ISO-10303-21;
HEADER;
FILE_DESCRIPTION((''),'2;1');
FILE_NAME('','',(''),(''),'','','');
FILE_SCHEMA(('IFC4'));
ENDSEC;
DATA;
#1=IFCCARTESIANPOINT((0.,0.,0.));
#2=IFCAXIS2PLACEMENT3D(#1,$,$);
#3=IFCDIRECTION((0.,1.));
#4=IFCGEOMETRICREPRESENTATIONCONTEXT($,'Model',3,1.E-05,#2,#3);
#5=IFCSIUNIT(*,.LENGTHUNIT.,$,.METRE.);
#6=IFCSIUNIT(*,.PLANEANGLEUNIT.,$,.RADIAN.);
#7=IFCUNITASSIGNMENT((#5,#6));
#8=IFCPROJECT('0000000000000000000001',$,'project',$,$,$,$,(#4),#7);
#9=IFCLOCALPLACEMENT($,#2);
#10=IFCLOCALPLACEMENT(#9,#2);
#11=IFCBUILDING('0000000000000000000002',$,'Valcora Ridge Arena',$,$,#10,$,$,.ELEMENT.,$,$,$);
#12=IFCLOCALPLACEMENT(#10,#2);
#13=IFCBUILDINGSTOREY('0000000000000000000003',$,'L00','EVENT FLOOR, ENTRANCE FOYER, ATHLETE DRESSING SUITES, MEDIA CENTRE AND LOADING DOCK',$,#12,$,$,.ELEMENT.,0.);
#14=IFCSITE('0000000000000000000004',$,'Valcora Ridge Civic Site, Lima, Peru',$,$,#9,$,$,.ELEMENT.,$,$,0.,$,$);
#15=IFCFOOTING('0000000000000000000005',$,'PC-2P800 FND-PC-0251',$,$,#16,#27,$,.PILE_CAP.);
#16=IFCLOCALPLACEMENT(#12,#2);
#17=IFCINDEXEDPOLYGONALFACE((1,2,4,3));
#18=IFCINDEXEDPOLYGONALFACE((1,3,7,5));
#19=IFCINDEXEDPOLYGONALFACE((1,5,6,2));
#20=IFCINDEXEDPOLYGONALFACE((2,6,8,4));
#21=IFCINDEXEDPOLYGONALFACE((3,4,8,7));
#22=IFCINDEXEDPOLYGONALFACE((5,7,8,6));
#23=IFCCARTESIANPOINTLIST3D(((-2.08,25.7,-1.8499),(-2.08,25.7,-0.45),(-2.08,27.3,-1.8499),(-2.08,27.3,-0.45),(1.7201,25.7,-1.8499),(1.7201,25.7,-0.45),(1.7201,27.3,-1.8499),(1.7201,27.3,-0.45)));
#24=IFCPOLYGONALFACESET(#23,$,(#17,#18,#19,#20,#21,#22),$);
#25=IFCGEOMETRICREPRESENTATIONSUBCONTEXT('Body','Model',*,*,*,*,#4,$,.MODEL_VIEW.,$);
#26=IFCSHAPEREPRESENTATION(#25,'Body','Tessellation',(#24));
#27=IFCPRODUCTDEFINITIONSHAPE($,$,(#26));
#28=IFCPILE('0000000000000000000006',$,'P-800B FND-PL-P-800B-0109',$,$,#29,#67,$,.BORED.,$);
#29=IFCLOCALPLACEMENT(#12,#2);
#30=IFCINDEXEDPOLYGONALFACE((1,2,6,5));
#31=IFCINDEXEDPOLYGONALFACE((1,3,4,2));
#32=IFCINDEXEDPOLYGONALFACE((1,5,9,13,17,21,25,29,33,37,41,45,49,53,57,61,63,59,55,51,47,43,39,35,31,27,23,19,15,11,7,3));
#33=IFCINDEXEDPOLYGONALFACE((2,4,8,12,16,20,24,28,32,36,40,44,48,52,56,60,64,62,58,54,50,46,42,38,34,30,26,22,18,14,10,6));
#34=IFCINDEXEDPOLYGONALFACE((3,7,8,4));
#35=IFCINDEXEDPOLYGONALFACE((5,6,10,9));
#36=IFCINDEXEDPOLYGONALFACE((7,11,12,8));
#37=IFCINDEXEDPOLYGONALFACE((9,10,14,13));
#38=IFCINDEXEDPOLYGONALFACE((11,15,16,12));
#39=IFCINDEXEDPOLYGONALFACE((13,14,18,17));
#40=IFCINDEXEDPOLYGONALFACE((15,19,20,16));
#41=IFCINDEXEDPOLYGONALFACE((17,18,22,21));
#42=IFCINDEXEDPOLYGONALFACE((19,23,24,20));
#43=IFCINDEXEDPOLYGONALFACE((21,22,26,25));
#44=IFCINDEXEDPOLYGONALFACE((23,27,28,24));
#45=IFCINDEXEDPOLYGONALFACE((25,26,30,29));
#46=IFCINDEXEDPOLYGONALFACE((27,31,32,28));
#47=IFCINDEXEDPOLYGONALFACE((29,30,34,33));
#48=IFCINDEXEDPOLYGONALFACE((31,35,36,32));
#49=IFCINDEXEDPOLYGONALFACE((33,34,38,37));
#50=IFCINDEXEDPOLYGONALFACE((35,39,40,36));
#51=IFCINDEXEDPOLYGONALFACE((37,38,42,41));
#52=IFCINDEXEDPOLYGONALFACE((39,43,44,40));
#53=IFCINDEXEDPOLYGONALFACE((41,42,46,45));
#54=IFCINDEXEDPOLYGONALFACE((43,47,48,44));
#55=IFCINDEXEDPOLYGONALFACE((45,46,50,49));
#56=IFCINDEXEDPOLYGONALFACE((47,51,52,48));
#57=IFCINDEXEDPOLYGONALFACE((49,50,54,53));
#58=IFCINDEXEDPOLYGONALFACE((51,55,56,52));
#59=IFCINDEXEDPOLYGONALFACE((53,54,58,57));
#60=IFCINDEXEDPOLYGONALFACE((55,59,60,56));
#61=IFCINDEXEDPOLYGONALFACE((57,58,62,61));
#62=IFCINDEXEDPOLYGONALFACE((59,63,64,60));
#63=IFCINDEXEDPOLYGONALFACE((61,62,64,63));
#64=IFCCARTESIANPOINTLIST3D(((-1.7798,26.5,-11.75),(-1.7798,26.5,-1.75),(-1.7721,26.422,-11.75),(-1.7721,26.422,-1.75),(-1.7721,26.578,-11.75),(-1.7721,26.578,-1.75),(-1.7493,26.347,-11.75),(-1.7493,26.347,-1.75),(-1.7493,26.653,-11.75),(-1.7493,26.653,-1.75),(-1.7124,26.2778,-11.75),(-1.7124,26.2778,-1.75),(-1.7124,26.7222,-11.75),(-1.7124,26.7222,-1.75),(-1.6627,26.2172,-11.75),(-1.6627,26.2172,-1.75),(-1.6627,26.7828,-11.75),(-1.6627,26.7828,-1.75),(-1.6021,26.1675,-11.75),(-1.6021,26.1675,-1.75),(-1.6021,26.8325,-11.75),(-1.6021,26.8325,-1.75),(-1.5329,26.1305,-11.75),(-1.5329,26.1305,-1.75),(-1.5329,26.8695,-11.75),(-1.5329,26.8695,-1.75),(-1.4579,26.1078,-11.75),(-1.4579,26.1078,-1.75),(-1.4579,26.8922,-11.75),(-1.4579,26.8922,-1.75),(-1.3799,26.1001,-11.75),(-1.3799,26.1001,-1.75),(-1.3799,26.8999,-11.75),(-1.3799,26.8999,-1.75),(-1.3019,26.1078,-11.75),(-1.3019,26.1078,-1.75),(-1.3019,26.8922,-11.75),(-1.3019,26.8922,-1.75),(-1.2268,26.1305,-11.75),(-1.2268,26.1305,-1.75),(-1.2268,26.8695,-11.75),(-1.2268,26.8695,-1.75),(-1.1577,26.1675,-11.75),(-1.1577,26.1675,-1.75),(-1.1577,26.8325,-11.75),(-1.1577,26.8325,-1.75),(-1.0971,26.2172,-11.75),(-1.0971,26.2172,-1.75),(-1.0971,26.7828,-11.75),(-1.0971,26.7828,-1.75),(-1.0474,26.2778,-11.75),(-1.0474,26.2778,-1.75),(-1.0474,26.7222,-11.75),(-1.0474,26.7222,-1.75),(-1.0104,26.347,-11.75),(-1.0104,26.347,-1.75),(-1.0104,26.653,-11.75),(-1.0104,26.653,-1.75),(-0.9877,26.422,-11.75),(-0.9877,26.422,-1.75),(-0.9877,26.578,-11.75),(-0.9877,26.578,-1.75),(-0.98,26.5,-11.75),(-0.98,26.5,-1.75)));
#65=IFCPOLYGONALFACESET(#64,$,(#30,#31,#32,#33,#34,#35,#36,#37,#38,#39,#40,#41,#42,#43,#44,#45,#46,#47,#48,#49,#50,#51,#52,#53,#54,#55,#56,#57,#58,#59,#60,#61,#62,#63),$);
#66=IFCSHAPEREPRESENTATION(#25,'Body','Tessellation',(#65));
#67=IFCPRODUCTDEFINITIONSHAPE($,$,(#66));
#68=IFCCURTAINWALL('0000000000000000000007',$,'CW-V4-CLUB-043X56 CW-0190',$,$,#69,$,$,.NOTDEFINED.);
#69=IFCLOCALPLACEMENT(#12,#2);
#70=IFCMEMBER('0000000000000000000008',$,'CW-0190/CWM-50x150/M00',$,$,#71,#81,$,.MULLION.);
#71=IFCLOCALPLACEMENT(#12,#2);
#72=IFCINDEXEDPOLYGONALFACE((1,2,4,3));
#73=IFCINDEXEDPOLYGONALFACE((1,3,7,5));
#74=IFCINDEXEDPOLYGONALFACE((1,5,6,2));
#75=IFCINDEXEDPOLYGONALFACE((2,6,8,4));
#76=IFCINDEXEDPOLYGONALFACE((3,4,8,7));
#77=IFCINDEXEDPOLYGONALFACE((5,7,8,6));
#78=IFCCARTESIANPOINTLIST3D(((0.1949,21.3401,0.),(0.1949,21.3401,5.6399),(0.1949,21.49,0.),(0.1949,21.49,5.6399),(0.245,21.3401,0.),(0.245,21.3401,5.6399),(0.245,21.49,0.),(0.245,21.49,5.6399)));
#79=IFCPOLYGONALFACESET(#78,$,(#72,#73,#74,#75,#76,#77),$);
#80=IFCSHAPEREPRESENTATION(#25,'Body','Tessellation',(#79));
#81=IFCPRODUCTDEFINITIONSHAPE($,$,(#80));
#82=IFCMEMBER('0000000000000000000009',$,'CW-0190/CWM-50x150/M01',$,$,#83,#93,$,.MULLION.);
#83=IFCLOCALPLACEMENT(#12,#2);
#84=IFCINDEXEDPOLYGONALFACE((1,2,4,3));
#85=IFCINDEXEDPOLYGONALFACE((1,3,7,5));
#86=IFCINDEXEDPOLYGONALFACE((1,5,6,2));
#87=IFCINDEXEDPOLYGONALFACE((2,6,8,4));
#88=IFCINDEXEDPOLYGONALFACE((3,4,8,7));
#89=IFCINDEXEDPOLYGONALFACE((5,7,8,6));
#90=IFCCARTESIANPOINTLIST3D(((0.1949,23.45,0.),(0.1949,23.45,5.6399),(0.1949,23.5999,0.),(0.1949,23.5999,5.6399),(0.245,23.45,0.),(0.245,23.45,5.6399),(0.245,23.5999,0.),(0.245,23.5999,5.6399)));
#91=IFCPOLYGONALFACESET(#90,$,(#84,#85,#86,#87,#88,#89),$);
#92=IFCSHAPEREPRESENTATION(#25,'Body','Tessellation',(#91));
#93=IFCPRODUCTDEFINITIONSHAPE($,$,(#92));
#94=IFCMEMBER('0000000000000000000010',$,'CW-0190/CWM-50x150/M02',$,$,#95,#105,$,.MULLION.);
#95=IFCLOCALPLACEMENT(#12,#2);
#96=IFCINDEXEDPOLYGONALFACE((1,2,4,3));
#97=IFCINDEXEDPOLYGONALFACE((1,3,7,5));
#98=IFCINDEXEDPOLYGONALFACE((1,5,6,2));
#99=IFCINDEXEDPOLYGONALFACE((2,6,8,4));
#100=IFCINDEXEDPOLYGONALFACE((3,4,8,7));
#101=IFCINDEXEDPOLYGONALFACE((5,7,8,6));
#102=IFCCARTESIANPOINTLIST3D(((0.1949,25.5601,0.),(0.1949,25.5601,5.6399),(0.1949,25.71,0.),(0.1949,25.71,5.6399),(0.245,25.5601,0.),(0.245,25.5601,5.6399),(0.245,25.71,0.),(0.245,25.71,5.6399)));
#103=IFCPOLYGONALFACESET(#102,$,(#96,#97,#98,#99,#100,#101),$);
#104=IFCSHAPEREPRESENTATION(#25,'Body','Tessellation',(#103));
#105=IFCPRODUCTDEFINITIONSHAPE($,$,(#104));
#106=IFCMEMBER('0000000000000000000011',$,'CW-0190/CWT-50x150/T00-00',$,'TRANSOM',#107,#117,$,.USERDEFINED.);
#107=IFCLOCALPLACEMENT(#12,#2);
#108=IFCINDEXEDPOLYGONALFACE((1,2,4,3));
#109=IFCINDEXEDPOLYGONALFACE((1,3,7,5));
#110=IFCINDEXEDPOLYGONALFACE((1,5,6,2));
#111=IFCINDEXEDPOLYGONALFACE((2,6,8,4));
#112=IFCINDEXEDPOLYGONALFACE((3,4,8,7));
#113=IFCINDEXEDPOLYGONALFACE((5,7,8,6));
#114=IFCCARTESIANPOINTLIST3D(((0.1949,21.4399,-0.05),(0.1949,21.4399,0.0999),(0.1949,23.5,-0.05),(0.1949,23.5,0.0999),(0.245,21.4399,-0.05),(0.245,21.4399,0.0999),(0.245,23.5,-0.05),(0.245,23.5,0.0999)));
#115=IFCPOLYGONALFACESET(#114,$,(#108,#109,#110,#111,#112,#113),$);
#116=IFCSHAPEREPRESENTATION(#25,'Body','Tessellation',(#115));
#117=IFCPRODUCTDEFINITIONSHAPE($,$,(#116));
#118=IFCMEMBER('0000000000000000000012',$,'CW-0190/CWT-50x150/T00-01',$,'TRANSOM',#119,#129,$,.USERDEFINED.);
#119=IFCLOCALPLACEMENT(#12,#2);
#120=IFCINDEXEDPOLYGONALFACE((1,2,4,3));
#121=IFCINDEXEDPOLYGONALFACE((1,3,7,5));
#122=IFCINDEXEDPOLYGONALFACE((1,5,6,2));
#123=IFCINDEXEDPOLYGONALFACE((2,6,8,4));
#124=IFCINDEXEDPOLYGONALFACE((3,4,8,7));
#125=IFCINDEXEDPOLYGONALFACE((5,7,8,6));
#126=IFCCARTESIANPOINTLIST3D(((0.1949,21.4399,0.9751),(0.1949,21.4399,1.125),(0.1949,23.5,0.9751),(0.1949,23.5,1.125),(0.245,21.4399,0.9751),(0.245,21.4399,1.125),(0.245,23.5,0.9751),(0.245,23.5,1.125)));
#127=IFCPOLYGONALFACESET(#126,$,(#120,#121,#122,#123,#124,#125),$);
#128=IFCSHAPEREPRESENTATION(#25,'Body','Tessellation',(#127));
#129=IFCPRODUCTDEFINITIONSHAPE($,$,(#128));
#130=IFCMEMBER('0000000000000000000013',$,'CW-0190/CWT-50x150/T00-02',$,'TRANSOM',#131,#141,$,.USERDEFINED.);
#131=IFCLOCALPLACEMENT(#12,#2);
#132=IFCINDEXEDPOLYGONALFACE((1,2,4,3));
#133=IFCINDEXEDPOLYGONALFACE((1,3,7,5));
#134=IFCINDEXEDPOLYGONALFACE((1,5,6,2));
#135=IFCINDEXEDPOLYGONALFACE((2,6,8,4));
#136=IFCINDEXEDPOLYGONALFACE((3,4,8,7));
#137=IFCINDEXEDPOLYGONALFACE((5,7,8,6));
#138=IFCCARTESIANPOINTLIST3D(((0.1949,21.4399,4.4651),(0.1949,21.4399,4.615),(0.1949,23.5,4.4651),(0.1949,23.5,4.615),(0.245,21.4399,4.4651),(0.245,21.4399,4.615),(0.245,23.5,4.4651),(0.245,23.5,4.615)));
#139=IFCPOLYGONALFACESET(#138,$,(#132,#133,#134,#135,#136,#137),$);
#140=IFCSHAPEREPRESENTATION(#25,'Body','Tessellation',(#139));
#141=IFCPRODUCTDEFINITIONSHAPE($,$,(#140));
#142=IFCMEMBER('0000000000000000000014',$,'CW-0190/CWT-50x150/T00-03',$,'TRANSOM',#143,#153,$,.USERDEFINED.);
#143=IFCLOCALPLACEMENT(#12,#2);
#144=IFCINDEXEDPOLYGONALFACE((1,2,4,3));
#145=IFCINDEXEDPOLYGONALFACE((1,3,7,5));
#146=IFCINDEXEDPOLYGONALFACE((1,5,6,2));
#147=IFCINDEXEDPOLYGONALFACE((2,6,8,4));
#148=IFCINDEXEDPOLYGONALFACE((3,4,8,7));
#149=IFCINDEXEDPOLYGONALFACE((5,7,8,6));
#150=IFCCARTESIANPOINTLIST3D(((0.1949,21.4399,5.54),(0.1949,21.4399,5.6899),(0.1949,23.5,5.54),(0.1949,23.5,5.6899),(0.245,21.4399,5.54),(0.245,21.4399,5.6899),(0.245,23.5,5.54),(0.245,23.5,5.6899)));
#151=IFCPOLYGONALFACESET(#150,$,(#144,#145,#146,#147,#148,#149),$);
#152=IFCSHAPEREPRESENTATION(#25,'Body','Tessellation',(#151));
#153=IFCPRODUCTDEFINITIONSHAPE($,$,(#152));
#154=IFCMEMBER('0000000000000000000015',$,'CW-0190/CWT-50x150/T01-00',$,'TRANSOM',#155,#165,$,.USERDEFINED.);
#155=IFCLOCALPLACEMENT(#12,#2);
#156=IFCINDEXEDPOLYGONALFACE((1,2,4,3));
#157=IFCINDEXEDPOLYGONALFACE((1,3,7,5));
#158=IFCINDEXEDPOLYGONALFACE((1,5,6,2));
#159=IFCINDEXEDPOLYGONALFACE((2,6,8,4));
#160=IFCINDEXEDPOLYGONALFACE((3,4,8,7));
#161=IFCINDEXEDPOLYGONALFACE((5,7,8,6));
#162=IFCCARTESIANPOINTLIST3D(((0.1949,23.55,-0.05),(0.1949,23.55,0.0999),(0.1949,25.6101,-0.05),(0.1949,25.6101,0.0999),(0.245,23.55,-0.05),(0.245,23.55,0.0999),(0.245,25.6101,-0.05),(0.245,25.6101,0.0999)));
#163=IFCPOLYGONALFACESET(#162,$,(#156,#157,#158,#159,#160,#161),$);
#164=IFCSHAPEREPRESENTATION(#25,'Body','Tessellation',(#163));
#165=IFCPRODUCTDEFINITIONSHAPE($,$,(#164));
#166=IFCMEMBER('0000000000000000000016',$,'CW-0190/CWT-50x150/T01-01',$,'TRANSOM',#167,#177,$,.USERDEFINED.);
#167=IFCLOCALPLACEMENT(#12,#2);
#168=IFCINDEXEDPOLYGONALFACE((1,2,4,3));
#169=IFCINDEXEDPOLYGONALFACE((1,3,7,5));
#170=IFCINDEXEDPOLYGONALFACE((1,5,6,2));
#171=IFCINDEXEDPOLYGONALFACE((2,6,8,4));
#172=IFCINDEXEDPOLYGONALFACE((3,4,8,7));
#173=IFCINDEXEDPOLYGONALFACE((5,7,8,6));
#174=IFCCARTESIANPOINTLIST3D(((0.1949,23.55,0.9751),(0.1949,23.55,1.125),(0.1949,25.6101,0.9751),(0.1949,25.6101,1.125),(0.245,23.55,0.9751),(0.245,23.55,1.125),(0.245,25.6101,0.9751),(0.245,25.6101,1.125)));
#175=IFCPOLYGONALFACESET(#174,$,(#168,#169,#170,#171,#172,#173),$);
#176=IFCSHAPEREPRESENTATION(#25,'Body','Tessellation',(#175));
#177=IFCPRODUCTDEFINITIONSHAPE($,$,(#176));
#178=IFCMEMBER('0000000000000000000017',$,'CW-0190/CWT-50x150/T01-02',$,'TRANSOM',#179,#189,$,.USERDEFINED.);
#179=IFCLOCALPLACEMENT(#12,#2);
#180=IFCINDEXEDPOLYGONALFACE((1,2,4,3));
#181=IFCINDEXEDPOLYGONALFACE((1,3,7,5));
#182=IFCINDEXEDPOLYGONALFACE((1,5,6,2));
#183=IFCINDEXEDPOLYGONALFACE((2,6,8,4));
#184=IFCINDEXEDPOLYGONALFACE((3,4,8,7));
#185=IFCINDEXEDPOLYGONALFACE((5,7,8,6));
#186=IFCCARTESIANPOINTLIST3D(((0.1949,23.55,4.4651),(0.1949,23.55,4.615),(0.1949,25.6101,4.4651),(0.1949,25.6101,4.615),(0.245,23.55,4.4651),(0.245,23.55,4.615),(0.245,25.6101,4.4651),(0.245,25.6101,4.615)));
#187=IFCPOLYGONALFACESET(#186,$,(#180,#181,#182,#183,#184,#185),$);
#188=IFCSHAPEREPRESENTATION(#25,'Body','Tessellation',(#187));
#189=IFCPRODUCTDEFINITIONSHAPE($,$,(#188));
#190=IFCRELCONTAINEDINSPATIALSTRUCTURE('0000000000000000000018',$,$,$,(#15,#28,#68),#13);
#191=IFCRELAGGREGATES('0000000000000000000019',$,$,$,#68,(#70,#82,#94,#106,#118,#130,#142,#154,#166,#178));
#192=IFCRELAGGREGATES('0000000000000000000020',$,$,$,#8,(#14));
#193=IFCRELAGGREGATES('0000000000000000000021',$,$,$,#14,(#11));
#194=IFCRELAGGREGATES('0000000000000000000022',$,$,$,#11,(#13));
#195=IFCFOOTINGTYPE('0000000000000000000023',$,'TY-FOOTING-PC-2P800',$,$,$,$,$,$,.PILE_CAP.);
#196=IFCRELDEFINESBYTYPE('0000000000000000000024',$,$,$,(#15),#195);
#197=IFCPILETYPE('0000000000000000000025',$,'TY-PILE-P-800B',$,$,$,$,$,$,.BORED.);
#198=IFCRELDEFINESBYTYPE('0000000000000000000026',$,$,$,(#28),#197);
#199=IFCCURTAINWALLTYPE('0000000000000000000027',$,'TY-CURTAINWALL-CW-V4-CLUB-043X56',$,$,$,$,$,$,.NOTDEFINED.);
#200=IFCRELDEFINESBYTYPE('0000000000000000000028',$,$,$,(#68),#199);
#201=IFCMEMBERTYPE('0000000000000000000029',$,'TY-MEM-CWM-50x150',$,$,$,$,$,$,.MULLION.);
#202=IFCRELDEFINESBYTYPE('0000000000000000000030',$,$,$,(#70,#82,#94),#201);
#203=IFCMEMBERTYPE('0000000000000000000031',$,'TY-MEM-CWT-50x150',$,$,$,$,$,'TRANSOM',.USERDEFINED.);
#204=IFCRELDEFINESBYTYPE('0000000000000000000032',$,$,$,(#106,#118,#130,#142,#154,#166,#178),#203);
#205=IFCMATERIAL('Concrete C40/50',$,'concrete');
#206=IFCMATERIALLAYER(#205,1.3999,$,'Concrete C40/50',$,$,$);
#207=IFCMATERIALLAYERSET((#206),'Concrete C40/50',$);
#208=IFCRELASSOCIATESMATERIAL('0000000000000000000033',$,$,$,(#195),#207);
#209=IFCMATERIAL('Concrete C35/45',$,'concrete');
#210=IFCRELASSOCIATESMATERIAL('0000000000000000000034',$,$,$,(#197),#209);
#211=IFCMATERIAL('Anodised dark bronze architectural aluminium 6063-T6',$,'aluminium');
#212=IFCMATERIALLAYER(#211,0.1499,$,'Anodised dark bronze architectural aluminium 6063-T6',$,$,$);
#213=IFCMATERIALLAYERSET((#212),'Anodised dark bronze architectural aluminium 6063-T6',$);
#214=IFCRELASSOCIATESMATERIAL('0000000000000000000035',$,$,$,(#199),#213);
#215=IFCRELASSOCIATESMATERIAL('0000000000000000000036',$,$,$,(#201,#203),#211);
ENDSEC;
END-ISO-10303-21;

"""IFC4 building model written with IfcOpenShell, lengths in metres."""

from ifc_helpers import new_model, si_unit, direction, frame, origin, origin_2d, place, context, subcontext, project, spatial, rectangle, circle, extrude, material, layer, layer_set, material_profile, profile_set, type_object, element, aggregate, save


model = new_model("IFC4")

# Units and contexts
model_context = context("Model", 3, precision=1e-05, world=origin(), true_north=direction((0.0, 1.0)))
body_context = subcontext(model_context, "Body", "Model", "MODEL_VIEW")
ifc_project = project(units=[si_unit("LENGTHUNIT", "METRE"), si_unit("PLANEANGLEUNIT", "RADIAN")], contexts=[model_context])

# Site, building, storey
site_placement = place(None, origin())
site = spatial("IfcSite", under=ifc_project, at=site_placement, Name="Valcora Ridge Civic Site, Lima, Peru", CompositionType="ELEMENT", RefElevation=0.0)
building_placement = place(site_placement, origin())
building = spatial("IfcBuilding", under=site, at=building_placement, Name="Valcora Ridge Arena", CompositionType="ELEMENT")
storey_placement = place(building_placement, origin())
storey = spatial("IfcBuildingStorey", under=building, at=storey_placement, Name="L00", Description="EVENT FLOOR, ENTRANCE FOYER, ATHLETE DRESSING SUITES, MEDIA CENTRE AND LOADING DOCK", CompositionType="ELEMENT", Elevation=0.0)

# Footing
ifc_material_1 = material(Name="Concrete C40/50", Category="concrete")
ifc_layer_1 = layer(ifc_material_1, 1.3999, Name="Concrete C40/50")
ifc_layer_set_1 = layer_set([ifc_layer_1], Name="Concrete C40/50")
footing_type = type_object("IfcFootingType", Name="TY-FOOTING-PC-2P800", PredefinedType="PILE_CAP", material=ifc_layer_set_1)
footing_placement = place(storey_placement, frame((-0.1799, 26.5, -1.8499), z_axis=(0.0, 0.0, 1.0), x_axis=(1.0, 0.0, 0.0)))
element("IfcFooting", 1, at=footing_placement, inside=storey, type_object=footing_type, Name="PC-2P800 FND-PC-0251", PredefinedType="PILE_CAP", context=body_context, shape_type="SweptSolid", body=[
    extrude(rectangle(XDim=3.8, YDim=1.6001, at=origin_2d()), origin(), (0.0, 0.0, 1.0), 1.3999),
])

# Pile
ifc_material_2 = material(Name="Concrete C35/45", Category="concrete")
ifc_material_profile_1 = material_profile(ifc_material_2, circle(Radius=0.3999, at=origin_2d()), Name="BORED PILE D800")
ifc_profile_set_1 = profile_set([ifc_material_profile_1], Name="Concrete C35/45")
pile_type = type_object("IfcPileType", Name="TY-PILE-P-800B", PredefinedType="BORED", material=ifc_profile_set_1)
pile_placement = place(storey_placement, frame((-1.3799, 26.5, -1.75), z_axis=(0.0, 0.0, -1.0), x_axis=(1.0, 0.0, 0.0)))
element("IfcPile", 2, at=pile_placement, inside=storey, type_object=pile_type, Name="P-800B FND-PL-P-800B-0109", PredefinedType="BORED", context=body_context, shape_type="SweptSolid", body=[
    extrude(circle(Radius=0.3999, at=origin_2d()), origin(), (0.0, 0.0, 1.0), 10.0),
])

# Curtain wall, members
ifc_material_3 = material(Name="Anodised dark bronze architectural aluminium 6063-T6", Category="aluminium")
ifc_layer_2 = layer(ifc_material_3, 0.1499, Name="Anodised dark bronze architectural aluminium 6063-T6")
ifc_layer_set_2 = layer_set([ifc_layer_2], Name="Anodised dark bronze architectural aluminium 6063-T6")
curtain_wall_type = type_object("IfcCurtainWallType", Name="TY-CURTAINWALL-CW-V4-CLUB-043X56", PredefinedType="NOTDEFINED", material=ifc_layer_set_2)
curtain_wall_placement = place(storey_placement, origin())
curtain_wall = element("IfcCurtainWall", 3, at=curtain_wall_placement, inside=storey, type_object=curtain_wall_type, Name="CW-V4-CLUB-043X56 CW-0190", PredefinedType="NOTDEFINED")
ifc_material_profile_2 = material_profile(ifc_material_3, rectangle(XDim=0.05, YDim=0.1499, at=origin_2d()), Name="ALU MULLION 50x150")
ifc_profile_set_2 = profile_set([ifc_material_profile_2], Name="Anodised dark bronze architectural aluminium 6063-T6")
member_type_1 = type_object("IfcMemberType", Name="TY-MEM-CWM-50x150", PredefinedType="MULLION", material=ifc_profile_set_2)
member_1_placement = place(storey_placement, frame((0.22, 21.415, 0.0), z_axis=(0.0, 0.0, 1.0), x_axis=(-1.0, 0.0, 0.0)))
member_1 = element("IfcMember", 4, at=member_1_placement, type_object=member_type_1, Name="CW-0190/CWM-50x150/M00", PredefinedType="MULLION", context=body_context, shape_type="SweptSolid", body=[
    extrude(rectangle(XDim=0.05, YDim=0.1499, at=origin_2d()), origin(), (0.0, 0.0, 1.0), 5.6399),
])
member_2_placement = place(storey_placement, frame((0.22, 23.5249, 0.0), z_axis=(0.0, 0.0, 1.0), x_axis=(-1.0, 0.0, 0.0)))
member_2 = element("IfcMember", 5, at=member_2_placement, type_object=member_type_1, Name="CW-0190/CWM-50x150/M01", PredefinedType="MULLION", context=body_context, shape_type="SweptSolid", body=[
    extrude(rectangle(XDim=0.05, YDim=0.1499, at=origin_2d()), origin(), (0.0, 0.0, 1.0), 5.6399),
])
member_3_placement = place(storey_placement, frame((0.22, 25.635, 0.0), z_axis=(0.0, 0.0, 1.0), x_axis=(-1.0, 0.0, 0.0)))
member_3 = element("IfcMember", 6, at=member_3_placement, type_object=member_type_1, Name="CW-0190/CWM-50x150/M02", PredefinedType="MULLION", context=body_context, shape_type="SweptSolid", body=[
    extrude(rectangle(XDim=0.05, YDim=0.1499, at=origin_2d()), origin(), (0.0, 0.0, 1.0), 5.6399),
])
ifc_material_profile_3 = material_profile(ifc_material_3, rectangle(XDim=0.05, YDim=0.1499, at=origin_2d()), Name="ALU TRANSOM 50x150")
ifc_profile_set_3 = profile_set([ifc_material_profile_3], Name="Anodised dark bronze architectural aluminium 6063-T6")
member_type_2 = type_object("IfcMemberType", Name="TY-MEM-CWT-50x150", ElementType="TRANSOM", PredefinedType="USERDEFINED", material=ifc_profile_set_3)
member_4_placement = place(storey_placement, frame((0.22, 21.4399, 0.0249), z_axis=(0.0, 1.0, 0.0), x_axis=(-1.0, 0.0, 0.0)))
member_4 = element("IfcMember", 7, at=member_4_placement, type_object=member_type_2, Name="CW-0190/CWT-50x150/T00-00", ObjectType="TRANSOM", PredefinedType="USERDEFINED", context=body_context, shape_type="SweptSolid", body=[
    extrude(rectangle(XDim=0.05, YDim=0.1499, at=origin_2d()), origin(), (0.0, 0.0, 1.0), 2.0601),
])
member_5_placement = place(storey_placement, frame((0.22, 21.4399, 1.05), z_axis=(0.0, 1.0, 0.0), x_axis=(-1.0, 0.0, 0.0)))
member_5 = element("IfcMember", 8, at=member_5_placement, type_object=member_type_2, Name="CW-0190/CWT-50x150/T00-01", ObjectType="TRANSOM", PredefinedType="USERDEFINED", context=body_context, shape_type="SweptSolid", body=[
    extrude(rectangle(XDim=0.05, YDim=0.1499, at=origin_2d()), origin(), (0.0, 0.0, 1.0), 2.0601),
])
member_6_placement = place(storey_placement, frame((0.22, 21.4399, 4.54), z_axis=(0.0, 1.0, 0.0), x_axis=(-1.0, 0.0, 0.0)))
member_6 = element("IfcMember", 9, at=member_6_placement, type_object=member_type_2, Name="CW-0190/CWT-50x150/T00-02", ObjectType="TRANSOM", PredefinedType="USERDEFINED", context=body_context, shape_type="SweptSolid", body=[
    extrude(rectangle(XDim=0.05, YDim=0.1499, at=origin_2d()), origin(), (0.0, 0.0, 1.0), 2.0601),
])
member_7_placement = place(storey_placement, frame((0.22, 21.4399, 5.615), z_axis=(0.0, 1.0, 0.0), x_axis=(-1.0, 0.0, 0.0)))
member_7 = element("IfcMember", 10, at=member_7_placement, type_object=member_type_2, Name="CW-0190/CWT-50x150/T00-03", ObjectType="TRANSOM", PredefinedType="USERDEFINED", context=body_context, shape_type="SweptSolid", body=[
    extrude(rectangle(XDim=0.05, YDim=0.1499, at=origin_2d()), origin(), (0.0, 0.0, 1.0), 2.0601),
])
member_8_placement = place(storey_placement, frame((0.22, 23.55, 0.0249), z_axis=(0.0, 1.0, 0.0), x_axis=(-1.0, 0.0, 0.0)))
member_8 = element("IfcMember", 11, at=member_8_placement, type_object=member_type_2, Name="CW-0190/CWT-50x150/T01-00", ObjectType="TRANSOM", PredefinedType="USERDEFINED", context=body_context, shape_type="SweptSolid", body=[
    extrude(rectangle(XDim=0.05, YDim=0.1499, at=origin_2d()), origin(), (0.0, 0.0, 1.0), 2.0601),
])
member_9_placement = place(storey_placement, frame((0.22, 23.55, 1.05), z_axis=(0.0, 1.0, 0.0), x_axis=(-1.0, 0.0, 0.0)))
member_9 = element("IfcMember", 12, at=member_9_placement, type_object=member_type_2, Name="CW-0190/CWT-50x150/T01-01", ObjectType="TRANSOM", PredefinedType="USERDEFINED", context=body_context, shape_type="SweptSolid", body=[
    extrude(rectangle(XDim=0.05, YDim=0.1499, at=origin_2d()), origin(), (0.0, 0.0, 1.0), 2.0601),
])
member_10_placement = place(storey_placement, frame((0.22, 23.55, 4.54), z_axis=(0.0, 1.0, 0.0), x_axis=(-1.0, 0.0, 0.0)))
member_10 = element("IfcMember", 13, at=member_10_placement, type_object=member_type_2, Name="CW-0190/CWT-50x150/T01-02", ObjectType="TRANSOM", PredefinedType="USERDEFINED", context=body_context, shape_type="SweptSolid", body=[
    extrude(rectangle(XDim=0.05, YDim=0.1499, at=origin_2d()), origin(), (0.0, 0.0, 1.0), 2.0601),
])
aggregate(curtain_wall, [member_1, member_2, member_3, member_4, member_5, member_6, member_7, member_8, member_9, member_10])

save(model, "model.ifc")
